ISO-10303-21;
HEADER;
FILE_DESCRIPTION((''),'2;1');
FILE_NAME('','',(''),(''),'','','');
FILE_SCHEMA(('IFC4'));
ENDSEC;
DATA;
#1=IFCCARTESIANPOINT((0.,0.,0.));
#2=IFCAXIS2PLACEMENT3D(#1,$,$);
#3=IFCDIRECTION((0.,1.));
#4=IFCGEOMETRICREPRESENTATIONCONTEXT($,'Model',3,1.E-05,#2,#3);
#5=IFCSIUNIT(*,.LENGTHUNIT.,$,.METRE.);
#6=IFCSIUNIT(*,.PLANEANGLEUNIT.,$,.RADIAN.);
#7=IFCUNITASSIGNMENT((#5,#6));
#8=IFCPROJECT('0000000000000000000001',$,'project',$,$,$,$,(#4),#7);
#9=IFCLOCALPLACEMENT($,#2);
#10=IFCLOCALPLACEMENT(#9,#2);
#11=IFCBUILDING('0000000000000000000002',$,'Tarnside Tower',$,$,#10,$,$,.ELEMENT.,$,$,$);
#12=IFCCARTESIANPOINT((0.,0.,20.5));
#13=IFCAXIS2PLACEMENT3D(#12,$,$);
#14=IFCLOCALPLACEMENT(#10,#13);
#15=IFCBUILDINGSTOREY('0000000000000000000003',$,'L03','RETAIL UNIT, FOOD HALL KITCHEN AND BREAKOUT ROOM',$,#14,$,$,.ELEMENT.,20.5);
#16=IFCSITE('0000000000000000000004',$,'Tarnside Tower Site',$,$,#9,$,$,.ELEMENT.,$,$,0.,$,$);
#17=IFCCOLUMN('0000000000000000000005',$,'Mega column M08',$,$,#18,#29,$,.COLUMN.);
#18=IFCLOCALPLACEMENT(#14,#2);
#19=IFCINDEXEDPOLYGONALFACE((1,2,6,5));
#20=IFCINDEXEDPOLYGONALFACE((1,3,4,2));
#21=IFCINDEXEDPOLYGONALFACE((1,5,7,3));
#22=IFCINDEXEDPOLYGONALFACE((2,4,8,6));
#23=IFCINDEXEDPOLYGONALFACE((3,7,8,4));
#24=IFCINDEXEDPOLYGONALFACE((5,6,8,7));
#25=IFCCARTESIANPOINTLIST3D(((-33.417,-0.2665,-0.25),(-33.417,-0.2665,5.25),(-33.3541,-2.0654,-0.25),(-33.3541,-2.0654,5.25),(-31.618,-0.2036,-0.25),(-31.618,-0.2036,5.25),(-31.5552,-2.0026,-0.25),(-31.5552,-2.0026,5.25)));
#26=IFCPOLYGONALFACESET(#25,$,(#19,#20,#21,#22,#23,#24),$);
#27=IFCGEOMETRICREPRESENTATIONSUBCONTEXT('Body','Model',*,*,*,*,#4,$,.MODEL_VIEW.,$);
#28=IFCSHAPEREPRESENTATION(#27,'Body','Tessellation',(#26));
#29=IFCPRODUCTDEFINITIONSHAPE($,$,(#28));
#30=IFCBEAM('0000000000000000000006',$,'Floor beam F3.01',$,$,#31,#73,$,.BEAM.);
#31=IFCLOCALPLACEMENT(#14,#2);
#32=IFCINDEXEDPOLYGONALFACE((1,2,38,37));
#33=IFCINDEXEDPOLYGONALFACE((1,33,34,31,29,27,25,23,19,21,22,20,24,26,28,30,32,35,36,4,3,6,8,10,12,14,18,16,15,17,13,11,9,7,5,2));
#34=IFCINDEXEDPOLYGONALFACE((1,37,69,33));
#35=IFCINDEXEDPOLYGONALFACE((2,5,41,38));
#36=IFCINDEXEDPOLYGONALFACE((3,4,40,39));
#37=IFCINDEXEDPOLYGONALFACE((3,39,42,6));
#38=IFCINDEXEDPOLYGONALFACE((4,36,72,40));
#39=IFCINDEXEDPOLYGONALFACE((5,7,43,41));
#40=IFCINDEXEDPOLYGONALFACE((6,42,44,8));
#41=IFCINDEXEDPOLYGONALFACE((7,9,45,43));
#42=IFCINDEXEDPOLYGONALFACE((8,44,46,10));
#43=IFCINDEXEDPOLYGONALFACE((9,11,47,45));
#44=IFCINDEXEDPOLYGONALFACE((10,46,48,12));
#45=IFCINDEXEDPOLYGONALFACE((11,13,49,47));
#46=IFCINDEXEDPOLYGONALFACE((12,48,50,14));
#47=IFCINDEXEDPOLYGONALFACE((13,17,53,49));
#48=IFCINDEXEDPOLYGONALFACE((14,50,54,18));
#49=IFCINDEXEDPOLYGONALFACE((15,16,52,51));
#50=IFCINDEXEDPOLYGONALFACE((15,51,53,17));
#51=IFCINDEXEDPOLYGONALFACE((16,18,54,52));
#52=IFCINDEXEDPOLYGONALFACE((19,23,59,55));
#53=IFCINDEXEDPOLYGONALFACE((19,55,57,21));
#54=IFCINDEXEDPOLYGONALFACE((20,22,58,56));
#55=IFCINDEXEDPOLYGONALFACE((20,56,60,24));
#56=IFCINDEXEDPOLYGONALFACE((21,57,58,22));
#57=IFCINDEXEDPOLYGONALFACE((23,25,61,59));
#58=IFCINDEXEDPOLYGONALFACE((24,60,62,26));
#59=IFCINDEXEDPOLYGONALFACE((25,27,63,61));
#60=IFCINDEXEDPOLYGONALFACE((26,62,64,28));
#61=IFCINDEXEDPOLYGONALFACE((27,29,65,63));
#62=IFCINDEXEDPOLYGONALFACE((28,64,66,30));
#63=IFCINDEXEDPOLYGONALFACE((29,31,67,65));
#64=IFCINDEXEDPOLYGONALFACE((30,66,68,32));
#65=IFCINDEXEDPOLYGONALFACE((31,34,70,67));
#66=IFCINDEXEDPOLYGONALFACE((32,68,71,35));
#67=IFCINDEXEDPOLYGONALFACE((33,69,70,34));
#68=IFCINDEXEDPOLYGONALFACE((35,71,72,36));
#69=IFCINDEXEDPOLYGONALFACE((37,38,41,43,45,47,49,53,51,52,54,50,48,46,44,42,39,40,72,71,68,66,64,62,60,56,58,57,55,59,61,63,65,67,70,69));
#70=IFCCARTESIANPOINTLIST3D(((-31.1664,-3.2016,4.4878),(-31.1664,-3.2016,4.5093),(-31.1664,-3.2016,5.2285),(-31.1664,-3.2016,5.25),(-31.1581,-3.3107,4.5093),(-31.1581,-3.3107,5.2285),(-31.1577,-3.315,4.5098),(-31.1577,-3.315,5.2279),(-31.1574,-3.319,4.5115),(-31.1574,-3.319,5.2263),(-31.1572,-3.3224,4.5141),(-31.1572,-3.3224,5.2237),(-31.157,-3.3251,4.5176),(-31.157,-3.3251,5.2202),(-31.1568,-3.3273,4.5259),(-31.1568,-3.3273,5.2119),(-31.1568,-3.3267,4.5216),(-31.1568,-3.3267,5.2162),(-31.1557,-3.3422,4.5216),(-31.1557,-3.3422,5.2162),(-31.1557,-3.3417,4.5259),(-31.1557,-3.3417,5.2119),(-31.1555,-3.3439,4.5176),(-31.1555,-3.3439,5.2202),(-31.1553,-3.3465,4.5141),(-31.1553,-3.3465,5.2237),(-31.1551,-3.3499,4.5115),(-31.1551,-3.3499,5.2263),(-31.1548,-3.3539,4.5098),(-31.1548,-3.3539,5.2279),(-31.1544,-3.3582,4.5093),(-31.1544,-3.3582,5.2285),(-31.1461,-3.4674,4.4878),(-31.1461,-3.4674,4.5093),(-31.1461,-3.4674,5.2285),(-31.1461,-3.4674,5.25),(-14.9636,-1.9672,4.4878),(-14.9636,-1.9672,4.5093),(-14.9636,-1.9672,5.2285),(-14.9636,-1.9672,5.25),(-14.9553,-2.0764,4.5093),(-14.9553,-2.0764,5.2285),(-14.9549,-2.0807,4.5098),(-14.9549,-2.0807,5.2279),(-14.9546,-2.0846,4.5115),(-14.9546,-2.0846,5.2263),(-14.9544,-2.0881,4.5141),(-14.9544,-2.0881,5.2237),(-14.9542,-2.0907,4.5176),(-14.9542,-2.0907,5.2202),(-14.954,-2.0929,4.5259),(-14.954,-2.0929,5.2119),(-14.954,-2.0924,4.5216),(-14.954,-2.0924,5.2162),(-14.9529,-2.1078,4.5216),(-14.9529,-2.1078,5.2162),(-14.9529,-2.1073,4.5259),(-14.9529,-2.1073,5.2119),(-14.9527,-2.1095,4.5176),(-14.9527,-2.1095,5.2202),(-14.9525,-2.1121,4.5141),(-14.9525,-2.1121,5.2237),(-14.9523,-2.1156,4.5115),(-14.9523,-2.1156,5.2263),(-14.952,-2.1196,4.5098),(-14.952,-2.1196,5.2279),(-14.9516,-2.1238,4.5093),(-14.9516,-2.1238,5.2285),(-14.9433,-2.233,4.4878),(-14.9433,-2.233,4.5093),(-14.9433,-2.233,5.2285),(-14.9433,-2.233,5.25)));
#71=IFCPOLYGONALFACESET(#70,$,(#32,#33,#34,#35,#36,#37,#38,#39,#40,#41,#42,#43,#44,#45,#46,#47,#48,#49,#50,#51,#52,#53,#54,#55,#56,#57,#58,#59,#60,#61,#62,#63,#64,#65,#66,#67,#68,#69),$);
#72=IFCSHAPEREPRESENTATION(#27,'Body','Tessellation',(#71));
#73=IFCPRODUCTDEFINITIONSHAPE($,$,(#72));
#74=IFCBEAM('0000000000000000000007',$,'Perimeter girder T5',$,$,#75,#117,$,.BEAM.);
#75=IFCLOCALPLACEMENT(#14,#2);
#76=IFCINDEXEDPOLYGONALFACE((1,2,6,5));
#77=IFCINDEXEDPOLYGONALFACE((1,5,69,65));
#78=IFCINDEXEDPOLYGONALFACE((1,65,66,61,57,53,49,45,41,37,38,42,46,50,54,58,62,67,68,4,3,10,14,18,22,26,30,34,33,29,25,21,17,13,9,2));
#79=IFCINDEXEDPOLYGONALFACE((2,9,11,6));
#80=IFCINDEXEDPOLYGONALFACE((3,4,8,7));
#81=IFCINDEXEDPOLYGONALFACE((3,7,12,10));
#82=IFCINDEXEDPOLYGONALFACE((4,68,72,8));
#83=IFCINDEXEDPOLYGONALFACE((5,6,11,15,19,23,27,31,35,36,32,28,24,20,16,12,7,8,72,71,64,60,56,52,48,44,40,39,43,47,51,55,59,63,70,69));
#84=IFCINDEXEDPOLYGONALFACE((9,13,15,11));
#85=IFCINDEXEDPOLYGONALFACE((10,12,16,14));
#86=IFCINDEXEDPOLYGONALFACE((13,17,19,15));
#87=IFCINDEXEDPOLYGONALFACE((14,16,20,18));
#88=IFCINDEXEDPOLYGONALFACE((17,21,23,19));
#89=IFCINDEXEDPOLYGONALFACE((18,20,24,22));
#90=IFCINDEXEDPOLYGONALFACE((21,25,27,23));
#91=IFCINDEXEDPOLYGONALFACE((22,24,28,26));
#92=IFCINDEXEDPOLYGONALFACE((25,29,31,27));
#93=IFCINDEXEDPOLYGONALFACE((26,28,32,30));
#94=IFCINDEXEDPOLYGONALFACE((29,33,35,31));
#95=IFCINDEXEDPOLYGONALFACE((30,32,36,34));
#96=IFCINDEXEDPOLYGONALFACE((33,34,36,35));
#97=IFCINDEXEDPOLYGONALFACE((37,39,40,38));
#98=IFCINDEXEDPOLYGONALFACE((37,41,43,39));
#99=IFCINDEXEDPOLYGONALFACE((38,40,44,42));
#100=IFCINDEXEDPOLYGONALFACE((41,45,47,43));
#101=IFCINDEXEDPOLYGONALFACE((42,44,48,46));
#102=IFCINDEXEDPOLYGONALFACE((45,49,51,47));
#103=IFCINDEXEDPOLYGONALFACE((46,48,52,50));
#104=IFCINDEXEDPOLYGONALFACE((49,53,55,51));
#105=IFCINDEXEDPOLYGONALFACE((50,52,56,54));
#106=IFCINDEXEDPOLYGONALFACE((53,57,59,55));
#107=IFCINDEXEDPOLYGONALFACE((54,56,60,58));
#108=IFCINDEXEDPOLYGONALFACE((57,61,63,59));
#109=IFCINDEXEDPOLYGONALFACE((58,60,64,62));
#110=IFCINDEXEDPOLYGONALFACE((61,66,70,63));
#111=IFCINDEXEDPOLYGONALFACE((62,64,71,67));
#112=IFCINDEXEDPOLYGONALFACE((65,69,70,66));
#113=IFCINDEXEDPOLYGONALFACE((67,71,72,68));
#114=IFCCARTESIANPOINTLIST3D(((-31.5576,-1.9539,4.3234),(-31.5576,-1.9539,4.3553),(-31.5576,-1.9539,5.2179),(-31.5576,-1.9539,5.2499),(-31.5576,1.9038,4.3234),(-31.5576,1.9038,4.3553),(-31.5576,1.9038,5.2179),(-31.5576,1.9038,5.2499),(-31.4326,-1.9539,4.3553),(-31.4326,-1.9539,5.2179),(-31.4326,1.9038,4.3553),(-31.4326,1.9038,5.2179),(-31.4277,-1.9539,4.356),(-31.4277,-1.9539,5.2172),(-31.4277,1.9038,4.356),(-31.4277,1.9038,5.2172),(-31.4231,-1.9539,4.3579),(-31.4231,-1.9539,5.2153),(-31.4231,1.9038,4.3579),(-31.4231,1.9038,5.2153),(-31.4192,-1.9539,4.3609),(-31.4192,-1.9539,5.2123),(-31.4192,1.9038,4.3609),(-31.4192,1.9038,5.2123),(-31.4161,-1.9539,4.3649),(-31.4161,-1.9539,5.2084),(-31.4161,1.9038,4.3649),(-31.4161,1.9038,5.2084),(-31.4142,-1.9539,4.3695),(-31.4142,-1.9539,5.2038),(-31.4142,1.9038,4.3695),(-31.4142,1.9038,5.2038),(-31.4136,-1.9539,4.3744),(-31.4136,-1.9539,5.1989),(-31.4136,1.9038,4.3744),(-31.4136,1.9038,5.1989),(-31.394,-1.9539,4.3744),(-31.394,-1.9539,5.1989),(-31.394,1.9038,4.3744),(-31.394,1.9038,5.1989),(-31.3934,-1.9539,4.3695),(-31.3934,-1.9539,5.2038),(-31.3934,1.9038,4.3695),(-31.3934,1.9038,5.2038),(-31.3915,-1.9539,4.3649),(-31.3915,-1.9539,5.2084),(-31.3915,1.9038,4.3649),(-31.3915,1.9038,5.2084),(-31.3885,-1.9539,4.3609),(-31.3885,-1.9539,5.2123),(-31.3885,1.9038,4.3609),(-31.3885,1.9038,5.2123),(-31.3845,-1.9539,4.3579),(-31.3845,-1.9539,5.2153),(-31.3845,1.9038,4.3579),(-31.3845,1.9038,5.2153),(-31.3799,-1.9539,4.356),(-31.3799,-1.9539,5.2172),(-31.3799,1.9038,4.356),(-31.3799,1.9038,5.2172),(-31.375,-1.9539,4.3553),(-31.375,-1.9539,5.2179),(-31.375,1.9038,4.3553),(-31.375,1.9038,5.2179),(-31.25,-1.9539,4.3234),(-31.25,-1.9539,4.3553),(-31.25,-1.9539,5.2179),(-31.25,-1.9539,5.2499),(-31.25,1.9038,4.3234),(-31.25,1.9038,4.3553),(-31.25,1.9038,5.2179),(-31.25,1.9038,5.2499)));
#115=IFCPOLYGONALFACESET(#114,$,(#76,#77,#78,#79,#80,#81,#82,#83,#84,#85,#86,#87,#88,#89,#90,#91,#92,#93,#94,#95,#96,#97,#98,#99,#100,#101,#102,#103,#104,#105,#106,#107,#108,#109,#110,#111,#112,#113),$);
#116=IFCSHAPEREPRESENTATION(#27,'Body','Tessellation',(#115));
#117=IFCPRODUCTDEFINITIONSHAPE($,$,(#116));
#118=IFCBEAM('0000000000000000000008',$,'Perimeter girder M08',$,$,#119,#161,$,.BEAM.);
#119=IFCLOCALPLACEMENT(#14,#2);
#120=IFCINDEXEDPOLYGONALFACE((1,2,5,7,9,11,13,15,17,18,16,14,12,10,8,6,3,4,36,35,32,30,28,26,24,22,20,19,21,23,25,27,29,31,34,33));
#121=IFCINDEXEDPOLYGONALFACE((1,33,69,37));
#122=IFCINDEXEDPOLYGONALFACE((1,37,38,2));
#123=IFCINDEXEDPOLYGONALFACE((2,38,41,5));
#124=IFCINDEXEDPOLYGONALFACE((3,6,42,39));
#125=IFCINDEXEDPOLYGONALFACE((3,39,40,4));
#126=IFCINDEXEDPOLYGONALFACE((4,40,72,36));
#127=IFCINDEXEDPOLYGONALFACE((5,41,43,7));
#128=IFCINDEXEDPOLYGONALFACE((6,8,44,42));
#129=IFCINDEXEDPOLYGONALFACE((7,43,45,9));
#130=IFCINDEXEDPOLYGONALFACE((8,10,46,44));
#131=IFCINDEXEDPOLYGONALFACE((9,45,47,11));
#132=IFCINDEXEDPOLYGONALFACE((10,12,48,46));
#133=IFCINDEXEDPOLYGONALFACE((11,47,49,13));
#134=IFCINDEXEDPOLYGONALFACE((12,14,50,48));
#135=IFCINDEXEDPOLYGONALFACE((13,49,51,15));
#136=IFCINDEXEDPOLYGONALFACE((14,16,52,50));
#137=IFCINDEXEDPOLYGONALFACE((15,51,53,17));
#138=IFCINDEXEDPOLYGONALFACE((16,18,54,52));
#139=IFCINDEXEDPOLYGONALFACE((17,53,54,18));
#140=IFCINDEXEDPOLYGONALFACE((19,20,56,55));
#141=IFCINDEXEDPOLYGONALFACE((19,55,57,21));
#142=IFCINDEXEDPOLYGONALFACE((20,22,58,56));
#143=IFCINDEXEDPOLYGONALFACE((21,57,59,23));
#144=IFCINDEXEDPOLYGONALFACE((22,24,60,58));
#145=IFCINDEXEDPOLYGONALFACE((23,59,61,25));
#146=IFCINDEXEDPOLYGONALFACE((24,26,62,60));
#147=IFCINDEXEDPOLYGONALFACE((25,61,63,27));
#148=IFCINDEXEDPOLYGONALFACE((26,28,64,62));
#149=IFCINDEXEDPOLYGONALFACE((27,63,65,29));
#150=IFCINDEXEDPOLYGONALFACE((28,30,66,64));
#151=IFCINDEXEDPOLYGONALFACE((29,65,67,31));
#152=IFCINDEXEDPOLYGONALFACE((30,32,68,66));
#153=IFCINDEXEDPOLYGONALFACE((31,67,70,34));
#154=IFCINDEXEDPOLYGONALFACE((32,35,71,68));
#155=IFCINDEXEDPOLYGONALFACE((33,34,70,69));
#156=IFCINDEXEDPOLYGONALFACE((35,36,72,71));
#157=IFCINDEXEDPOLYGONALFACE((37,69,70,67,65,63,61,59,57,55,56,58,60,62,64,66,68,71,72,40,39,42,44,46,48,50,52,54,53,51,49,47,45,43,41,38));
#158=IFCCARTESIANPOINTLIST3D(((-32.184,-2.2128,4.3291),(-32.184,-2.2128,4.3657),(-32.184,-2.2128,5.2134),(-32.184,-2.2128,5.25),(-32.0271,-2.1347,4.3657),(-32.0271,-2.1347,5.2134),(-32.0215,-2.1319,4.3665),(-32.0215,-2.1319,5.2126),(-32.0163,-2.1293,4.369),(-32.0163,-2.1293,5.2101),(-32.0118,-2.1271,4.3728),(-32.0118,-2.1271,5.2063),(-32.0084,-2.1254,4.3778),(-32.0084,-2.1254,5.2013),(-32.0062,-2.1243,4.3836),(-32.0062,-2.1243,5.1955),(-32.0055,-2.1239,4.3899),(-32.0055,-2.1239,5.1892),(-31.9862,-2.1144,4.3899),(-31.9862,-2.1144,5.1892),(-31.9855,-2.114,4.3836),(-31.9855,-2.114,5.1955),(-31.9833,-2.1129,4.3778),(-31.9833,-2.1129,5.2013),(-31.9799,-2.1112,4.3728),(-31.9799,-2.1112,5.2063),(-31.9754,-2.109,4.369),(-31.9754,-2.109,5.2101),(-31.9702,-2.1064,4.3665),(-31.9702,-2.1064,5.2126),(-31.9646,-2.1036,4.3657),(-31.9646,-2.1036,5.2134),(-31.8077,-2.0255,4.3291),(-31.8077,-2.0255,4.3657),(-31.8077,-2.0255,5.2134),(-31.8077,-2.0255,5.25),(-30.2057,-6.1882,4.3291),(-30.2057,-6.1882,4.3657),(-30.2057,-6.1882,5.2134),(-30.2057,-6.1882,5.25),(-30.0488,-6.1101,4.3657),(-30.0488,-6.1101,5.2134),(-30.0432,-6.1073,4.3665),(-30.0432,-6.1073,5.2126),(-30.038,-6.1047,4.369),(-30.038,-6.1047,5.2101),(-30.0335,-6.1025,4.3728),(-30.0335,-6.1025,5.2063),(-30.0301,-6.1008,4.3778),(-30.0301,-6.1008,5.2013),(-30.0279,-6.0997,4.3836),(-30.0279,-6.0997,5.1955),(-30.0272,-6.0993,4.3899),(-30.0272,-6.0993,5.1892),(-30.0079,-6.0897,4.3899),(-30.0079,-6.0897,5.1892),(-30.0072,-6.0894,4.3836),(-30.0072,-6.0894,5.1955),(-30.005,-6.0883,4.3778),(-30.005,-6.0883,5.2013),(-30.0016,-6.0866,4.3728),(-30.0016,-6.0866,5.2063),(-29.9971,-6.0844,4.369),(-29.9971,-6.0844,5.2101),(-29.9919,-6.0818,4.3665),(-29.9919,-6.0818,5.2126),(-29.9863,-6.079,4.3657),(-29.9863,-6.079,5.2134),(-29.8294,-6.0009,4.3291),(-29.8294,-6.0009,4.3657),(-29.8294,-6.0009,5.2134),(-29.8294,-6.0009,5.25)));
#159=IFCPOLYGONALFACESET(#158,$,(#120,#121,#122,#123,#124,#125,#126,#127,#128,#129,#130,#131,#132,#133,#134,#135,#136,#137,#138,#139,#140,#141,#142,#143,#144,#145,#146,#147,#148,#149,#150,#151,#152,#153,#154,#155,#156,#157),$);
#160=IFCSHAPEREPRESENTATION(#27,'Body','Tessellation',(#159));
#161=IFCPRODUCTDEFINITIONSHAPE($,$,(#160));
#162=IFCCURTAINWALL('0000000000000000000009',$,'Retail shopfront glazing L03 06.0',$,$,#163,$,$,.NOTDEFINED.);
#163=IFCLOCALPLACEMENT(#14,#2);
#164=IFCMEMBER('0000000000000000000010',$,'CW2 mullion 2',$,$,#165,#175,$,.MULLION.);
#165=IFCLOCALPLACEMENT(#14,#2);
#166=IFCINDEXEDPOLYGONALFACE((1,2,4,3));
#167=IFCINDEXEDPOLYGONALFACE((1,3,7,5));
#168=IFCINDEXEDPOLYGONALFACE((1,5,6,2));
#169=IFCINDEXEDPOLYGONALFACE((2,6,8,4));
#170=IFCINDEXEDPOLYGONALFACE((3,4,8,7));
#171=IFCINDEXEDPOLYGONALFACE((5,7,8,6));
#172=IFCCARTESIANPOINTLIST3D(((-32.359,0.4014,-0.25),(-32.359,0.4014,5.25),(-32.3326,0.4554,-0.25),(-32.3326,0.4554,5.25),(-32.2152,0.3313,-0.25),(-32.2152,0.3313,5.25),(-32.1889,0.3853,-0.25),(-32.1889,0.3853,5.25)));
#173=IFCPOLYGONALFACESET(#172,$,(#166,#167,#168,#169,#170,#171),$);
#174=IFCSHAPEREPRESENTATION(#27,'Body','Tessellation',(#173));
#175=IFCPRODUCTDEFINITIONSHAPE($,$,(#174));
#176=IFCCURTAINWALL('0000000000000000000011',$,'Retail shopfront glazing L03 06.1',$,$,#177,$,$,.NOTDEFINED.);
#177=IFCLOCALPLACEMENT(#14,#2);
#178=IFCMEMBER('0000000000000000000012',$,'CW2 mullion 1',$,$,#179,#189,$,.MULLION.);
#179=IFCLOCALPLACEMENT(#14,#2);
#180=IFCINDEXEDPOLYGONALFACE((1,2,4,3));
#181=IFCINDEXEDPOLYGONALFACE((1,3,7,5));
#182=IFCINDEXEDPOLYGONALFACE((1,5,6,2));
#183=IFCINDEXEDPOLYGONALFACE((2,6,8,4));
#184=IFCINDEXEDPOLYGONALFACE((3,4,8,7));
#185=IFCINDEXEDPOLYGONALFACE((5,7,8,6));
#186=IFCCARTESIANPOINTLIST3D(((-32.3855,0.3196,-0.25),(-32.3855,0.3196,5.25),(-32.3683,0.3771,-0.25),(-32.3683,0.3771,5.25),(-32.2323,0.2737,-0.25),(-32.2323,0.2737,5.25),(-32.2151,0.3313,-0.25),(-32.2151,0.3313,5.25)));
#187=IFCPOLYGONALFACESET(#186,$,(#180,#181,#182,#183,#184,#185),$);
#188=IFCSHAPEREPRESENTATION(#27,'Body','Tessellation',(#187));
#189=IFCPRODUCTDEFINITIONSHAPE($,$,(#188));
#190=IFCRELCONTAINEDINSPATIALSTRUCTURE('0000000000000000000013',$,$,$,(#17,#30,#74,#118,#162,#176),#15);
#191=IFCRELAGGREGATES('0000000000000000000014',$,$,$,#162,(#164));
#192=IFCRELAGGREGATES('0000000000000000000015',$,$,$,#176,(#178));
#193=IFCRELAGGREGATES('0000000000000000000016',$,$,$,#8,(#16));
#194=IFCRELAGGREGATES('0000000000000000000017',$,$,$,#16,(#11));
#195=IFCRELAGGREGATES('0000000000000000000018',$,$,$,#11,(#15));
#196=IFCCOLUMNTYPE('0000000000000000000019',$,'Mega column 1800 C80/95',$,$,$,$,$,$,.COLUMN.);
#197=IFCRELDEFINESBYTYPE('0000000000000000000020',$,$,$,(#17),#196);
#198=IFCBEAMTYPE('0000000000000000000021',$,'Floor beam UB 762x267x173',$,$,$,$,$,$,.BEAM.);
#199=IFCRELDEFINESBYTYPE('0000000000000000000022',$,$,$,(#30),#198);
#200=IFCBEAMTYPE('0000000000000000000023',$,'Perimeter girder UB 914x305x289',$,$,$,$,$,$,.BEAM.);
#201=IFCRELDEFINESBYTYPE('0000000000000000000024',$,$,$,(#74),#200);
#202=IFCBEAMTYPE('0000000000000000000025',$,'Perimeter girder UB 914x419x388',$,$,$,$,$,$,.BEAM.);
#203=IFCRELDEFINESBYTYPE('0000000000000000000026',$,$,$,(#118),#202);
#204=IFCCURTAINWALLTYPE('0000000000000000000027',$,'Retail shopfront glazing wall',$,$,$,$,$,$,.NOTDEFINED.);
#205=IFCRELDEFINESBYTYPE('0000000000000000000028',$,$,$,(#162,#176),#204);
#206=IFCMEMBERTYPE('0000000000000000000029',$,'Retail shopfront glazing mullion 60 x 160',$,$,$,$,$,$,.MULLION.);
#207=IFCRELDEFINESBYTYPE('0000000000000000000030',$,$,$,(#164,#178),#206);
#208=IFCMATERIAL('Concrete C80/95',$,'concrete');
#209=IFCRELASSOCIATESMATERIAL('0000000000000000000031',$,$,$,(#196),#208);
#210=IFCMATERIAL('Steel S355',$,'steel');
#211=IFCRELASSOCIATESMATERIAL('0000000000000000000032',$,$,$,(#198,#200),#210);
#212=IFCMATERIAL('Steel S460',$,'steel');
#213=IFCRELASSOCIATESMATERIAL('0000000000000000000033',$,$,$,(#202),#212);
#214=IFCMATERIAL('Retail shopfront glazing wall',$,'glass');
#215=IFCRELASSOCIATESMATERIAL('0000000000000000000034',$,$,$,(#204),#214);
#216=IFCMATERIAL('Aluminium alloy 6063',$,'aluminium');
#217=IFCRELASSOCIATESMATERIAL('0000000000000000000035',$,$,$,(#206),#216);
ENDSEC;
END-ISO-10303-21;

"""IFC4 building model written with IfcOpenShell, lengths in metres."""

from ifc_helpers import new_model, si_unit, direction, frame, origin, origin_2d, place, context, subcontext, project, spatial, rectangle, i_section, extrude, material, material_profile, profile_set, type_object, element, aggregate, save


model = new_model("IFC4")

# Units and contexts
model_context = context("Model", 3, precision=1e-05, world=origin(), true_north=direction((0.0, 1.0)))
body_context = subcontext(model_context, "Body", "Model", "MODEL_VIEW")
ifc_project = project(units=[si_unit("LENGTHUNIT", "METRE"), si_unit("PLANEANGLEUNIT", "RADIAN")], contexts=[model_context])

# Site, building, storey
site_placement = place(None, origin())
site = spatial("IfcSite", under=ifc_project, at=site_placement, Name="Tarnside Tower Site", CompositionType="ELEMENT", RefElevation=0.0)
building_placement = place(site_placement, origin())
building = spatial("IfcBuilding", under=site, at=building_placement, Name="Tarnside Tower", CompositionType="ELEMENT")
storey_placement = place(building_placement, frame((0.0, 0.0, 20.5)))
storey = spatial("IfcBuildingStorey", under=building, at=storey_placement, Name="L03", Description="RETAIL UNIT, FOOD HALL KITCHEN AND BREAKOUT ROOM", CompositionType="ELEMENT", Elevation=20.5)

# Column
ifc_material_1 = material(Name="Concrete C80/95", Category="concrete")
ifc_material_profile_1 = material_profile(ifc_material_1, rectangle(XDim=1.8, YDim=1.8, at=origin_2d()), Name="Mega column 1800x1800")
ifc_profile_set_1 = profile_set([ifc_material_profile_1], Name="Concrete C80/95")
column_type = type_object("IfcColumnType", Name="Mega column 1800 C80/95", PredefinedType="COLUMN", material=ifc_profile_set_1)
column_placement = place(storey_placement, frame((-32.4861, -1.1345, -0.25), z_axis=(0.0, 0.0, 1.0), x_axis=(-0.034899, 0.999391, 0.0)))
element("IfcColumn", 1, at=column_placement, inside=storey, type_object=column_type, Name="Mega column M08", PredefinedType="COLUMN", context=body_context, shape_type="SweptSolid", body=[
    extrude(rectangle(XDim=1.8, YDim=1.8, at=origin_2d()), origin(), (0.0, 0.0, 1.0), 5.5),
])

# Beams
ifc_material_2 = material(Name="Steel S355", Category="steel")
ifc_material_profile_2 = material_profile(ifc_material_2, i_section(OverallWidth=0.2666, OverallDepth=0.7622, WebThickness=0.0144, FlangeThickness=0.0215, FilletRadius=0.0166, at=origin_2d()), Name="UB 762x267x173")
ifc_profile_set_2 = profile_set([ifc_material_profile_2], Name="Steel S355")
beam_type_1 = type_object("IfcBeamType", Name="Floor beam UB 762x267x173", PredefinedType="BEAM", material=ifc_profile_set_2)
beam_1_placement = place(storey_placement, frame((-31.1562, -3.3345, 4.8689), z_axis=(0.997111, 0.075962, 0.0), x_axis=(-0.075962, 0.997111, 0.0)))
element("IfcBeam", 2, at=beam_1_placement, inside=storey, type_object=beam_type_1, Name="Floor beam F3.01", PredefinedType="BEAM", context=body_context, shape_type="SweptSolid", body=[
    extrude(i_section(OverallWidth=0.2666, OverallDepth=0.7622, WebThickness=0.0144, FlangeThickness=0.0215, FilletRadius=0.0166, at=origin_2d()), origin(), (0.0, 0.0, 1.0), 16.2498),
])
ifc_material_profile_3 = material_profile(ifc_material_2, i_section(OverallWidth=0.3076, OverallDepth=0.9265, WebThickness=0.0195, FlangeThickness=0.032, FilletRadius=0.019, at=origin_2d()), Name="UB 914x305x289")
ifc_profile_set_3 = profile_set([ifc_material_profile_3], Name="Steel S355")
beam_type_2 = type_object("IfcBeamType", Name="Perimeter girder UB 914x305x289", PredefinedType="BEAM", material=ifc_profile_set_3)
beam_2_placement = place(storey_placement, frame((-31.4038, -1.9539, 4.7866), z_axis=(0.0, 1.0, 0.0), x_axis=(-1.0, 0.0, 0.0)))
element("IfcBeam", 3, at=beam_2_placement, inside=storey, type_object=beam_type_2, Name="Perimeter girder T5", PredefinedType="BEAM", context=body_context, shape_type="SweptSolid", body=[
    extrude(i_section(OverallWidth=0.3076, OverallDepth=0.9265, WebThickness=0.0195, FlangeThickness=0.032, FilletRadius=0.019, at=origin_2d()), origin(), (0.0, 0.0, 1.0), 3.8577),
])
ifc_material_3 = material(Name="Steel S460", Category="steel")
ifc_material_profile_4 = material_profile(ifc_material_3, i_section(OverallWidth=0.4204, OverallDepth=0.9209, WebThickness=0.0215, FlangeThickness=0.0366, FilletRadius=0.0242, at=origin_2d()), Name="UB 914x419x388")
ifc_profile_set_4 = profile_set([ifc_material_profile_4], Name="Steel S460")
beam_type_3 = type_object("IfcBeamType", Name="Perimeter girder UB 914x419x388", PredefinedType="BEAM", material=ifc_profile_set_4)
beam_3_placement = place(storey_placement, frame((-31.9958, -2.1191, 4.7896), z_axis=(0.445519, -0.895272, 0.0), x_axis=(0.895272, 0.445519, 0.0)))
element("IfcBeam", 4, at=beam_3_placement, inside=storey, type_object=beam_type_3, Name="Perimeter girder M08", PredefinedType="BEAM", context=body_context, shape_type="SweptSolid", body=[
    extrude(i_section(OverallWidth=0.4204, OverallDepth=0.9209, WebThickness=0.0215, FlangeThickness=0.0366, FilletRadius=0.0242, at=origin_2d()), origin(), (0.0, 0.0, 1.0), 4.4404),
])

# Curtain wall, member
ifc_material_4 = material(Name="Retail shopfront glazing wall", Category="glass")
curtain_wall_type = type_object("IfcCurtainWallType", Name="Retail shopfront glazing wall", PredefinedType="NOTDEFINED", material=ifc_material_4)
curtain_wall_1_placement = place(storey_placement, origin())
curtain_wall_1 = element("IfcCurtainWall", 5, at=curtain_wall_1_placement, inside=storey, type_object=curtain_wall_type, Name="Retail shopfront glazing L03 06.0", PredefinedType="NOTDEFINED")
ifc_material_5 = material(Name="Aluminium alloy 6063", Category="aluminium")
ifc_material_profile_5 = material_profile(ifc_material_5, rectangle(XDim=0.1599, YDim=0.0601, at=origin_2d()), Name="Retail shopfront glazing mullion 60 x 160")
ifc_profile_set_5 = profile_set([ifc_material_profile_5], Name="Aluminium alloy 6063")
member_type_1 = type_object("IfcMemberType", Name="Retail shopfront glazing mullion 60 x 160", PredefinedType="MULLION", material=ifc_profile_set_5)
member_1_placement = place(storey_placement, frame((-32.2739, 0.3933, -0.25), z_axis=(0.0, 0.0, 1.0), x_axis=(0.898794, -0.438371, 0.0)))
member_1 = element("IfcMember", 6, at=member_1_placement, type_object=member_type_1, Name="CW2 mullion 2", PredefinedType="MULLION", context=body_context, shape_type="SweptSolid", body=[
    extrude(rectangle(XDim=0.1599, YDim=0.0601, at=origin_2d()), origin(), (0.0, 0.0, 1.0), 5.5),
])
aggregate(curtain_wall_1, [member_1])

# Curtain wall, member
curtain_wall_2_placement = place(storey_placement, origin())
curtain_wall_2 = element("IfcCurtainWall", 7, at=curtain_wall_2_placement, inside=storey, type_object=curtain_wall_type, Name="Retail shopfront glazing L03 06.1", PredefinedType="NOTDEFINED")
member_2_placement = place(storey_placement, frame((-32.3003, 0.3254, -0.25), z_axis=(0.0, 0.0, 1.0), x_axis=(0.95799, -0.286803, 0.0)))
member_2 = element("IfcMember", 8, at=member_2_placement, type_object=member_type_1, Name="CW2 mullion 1", PredefinedType="MULLION", context=body_context, shape_type="SweptSolid", body=[
    extrude(rectangle(XDim=0.1599, YDim=0.0601, at=origin_2d()), origin(), (0.0, 0.0, 1.0), 5.5),
])

aggregate(curtain_wall_2, [member_2])

save(model, "model.ifc")
